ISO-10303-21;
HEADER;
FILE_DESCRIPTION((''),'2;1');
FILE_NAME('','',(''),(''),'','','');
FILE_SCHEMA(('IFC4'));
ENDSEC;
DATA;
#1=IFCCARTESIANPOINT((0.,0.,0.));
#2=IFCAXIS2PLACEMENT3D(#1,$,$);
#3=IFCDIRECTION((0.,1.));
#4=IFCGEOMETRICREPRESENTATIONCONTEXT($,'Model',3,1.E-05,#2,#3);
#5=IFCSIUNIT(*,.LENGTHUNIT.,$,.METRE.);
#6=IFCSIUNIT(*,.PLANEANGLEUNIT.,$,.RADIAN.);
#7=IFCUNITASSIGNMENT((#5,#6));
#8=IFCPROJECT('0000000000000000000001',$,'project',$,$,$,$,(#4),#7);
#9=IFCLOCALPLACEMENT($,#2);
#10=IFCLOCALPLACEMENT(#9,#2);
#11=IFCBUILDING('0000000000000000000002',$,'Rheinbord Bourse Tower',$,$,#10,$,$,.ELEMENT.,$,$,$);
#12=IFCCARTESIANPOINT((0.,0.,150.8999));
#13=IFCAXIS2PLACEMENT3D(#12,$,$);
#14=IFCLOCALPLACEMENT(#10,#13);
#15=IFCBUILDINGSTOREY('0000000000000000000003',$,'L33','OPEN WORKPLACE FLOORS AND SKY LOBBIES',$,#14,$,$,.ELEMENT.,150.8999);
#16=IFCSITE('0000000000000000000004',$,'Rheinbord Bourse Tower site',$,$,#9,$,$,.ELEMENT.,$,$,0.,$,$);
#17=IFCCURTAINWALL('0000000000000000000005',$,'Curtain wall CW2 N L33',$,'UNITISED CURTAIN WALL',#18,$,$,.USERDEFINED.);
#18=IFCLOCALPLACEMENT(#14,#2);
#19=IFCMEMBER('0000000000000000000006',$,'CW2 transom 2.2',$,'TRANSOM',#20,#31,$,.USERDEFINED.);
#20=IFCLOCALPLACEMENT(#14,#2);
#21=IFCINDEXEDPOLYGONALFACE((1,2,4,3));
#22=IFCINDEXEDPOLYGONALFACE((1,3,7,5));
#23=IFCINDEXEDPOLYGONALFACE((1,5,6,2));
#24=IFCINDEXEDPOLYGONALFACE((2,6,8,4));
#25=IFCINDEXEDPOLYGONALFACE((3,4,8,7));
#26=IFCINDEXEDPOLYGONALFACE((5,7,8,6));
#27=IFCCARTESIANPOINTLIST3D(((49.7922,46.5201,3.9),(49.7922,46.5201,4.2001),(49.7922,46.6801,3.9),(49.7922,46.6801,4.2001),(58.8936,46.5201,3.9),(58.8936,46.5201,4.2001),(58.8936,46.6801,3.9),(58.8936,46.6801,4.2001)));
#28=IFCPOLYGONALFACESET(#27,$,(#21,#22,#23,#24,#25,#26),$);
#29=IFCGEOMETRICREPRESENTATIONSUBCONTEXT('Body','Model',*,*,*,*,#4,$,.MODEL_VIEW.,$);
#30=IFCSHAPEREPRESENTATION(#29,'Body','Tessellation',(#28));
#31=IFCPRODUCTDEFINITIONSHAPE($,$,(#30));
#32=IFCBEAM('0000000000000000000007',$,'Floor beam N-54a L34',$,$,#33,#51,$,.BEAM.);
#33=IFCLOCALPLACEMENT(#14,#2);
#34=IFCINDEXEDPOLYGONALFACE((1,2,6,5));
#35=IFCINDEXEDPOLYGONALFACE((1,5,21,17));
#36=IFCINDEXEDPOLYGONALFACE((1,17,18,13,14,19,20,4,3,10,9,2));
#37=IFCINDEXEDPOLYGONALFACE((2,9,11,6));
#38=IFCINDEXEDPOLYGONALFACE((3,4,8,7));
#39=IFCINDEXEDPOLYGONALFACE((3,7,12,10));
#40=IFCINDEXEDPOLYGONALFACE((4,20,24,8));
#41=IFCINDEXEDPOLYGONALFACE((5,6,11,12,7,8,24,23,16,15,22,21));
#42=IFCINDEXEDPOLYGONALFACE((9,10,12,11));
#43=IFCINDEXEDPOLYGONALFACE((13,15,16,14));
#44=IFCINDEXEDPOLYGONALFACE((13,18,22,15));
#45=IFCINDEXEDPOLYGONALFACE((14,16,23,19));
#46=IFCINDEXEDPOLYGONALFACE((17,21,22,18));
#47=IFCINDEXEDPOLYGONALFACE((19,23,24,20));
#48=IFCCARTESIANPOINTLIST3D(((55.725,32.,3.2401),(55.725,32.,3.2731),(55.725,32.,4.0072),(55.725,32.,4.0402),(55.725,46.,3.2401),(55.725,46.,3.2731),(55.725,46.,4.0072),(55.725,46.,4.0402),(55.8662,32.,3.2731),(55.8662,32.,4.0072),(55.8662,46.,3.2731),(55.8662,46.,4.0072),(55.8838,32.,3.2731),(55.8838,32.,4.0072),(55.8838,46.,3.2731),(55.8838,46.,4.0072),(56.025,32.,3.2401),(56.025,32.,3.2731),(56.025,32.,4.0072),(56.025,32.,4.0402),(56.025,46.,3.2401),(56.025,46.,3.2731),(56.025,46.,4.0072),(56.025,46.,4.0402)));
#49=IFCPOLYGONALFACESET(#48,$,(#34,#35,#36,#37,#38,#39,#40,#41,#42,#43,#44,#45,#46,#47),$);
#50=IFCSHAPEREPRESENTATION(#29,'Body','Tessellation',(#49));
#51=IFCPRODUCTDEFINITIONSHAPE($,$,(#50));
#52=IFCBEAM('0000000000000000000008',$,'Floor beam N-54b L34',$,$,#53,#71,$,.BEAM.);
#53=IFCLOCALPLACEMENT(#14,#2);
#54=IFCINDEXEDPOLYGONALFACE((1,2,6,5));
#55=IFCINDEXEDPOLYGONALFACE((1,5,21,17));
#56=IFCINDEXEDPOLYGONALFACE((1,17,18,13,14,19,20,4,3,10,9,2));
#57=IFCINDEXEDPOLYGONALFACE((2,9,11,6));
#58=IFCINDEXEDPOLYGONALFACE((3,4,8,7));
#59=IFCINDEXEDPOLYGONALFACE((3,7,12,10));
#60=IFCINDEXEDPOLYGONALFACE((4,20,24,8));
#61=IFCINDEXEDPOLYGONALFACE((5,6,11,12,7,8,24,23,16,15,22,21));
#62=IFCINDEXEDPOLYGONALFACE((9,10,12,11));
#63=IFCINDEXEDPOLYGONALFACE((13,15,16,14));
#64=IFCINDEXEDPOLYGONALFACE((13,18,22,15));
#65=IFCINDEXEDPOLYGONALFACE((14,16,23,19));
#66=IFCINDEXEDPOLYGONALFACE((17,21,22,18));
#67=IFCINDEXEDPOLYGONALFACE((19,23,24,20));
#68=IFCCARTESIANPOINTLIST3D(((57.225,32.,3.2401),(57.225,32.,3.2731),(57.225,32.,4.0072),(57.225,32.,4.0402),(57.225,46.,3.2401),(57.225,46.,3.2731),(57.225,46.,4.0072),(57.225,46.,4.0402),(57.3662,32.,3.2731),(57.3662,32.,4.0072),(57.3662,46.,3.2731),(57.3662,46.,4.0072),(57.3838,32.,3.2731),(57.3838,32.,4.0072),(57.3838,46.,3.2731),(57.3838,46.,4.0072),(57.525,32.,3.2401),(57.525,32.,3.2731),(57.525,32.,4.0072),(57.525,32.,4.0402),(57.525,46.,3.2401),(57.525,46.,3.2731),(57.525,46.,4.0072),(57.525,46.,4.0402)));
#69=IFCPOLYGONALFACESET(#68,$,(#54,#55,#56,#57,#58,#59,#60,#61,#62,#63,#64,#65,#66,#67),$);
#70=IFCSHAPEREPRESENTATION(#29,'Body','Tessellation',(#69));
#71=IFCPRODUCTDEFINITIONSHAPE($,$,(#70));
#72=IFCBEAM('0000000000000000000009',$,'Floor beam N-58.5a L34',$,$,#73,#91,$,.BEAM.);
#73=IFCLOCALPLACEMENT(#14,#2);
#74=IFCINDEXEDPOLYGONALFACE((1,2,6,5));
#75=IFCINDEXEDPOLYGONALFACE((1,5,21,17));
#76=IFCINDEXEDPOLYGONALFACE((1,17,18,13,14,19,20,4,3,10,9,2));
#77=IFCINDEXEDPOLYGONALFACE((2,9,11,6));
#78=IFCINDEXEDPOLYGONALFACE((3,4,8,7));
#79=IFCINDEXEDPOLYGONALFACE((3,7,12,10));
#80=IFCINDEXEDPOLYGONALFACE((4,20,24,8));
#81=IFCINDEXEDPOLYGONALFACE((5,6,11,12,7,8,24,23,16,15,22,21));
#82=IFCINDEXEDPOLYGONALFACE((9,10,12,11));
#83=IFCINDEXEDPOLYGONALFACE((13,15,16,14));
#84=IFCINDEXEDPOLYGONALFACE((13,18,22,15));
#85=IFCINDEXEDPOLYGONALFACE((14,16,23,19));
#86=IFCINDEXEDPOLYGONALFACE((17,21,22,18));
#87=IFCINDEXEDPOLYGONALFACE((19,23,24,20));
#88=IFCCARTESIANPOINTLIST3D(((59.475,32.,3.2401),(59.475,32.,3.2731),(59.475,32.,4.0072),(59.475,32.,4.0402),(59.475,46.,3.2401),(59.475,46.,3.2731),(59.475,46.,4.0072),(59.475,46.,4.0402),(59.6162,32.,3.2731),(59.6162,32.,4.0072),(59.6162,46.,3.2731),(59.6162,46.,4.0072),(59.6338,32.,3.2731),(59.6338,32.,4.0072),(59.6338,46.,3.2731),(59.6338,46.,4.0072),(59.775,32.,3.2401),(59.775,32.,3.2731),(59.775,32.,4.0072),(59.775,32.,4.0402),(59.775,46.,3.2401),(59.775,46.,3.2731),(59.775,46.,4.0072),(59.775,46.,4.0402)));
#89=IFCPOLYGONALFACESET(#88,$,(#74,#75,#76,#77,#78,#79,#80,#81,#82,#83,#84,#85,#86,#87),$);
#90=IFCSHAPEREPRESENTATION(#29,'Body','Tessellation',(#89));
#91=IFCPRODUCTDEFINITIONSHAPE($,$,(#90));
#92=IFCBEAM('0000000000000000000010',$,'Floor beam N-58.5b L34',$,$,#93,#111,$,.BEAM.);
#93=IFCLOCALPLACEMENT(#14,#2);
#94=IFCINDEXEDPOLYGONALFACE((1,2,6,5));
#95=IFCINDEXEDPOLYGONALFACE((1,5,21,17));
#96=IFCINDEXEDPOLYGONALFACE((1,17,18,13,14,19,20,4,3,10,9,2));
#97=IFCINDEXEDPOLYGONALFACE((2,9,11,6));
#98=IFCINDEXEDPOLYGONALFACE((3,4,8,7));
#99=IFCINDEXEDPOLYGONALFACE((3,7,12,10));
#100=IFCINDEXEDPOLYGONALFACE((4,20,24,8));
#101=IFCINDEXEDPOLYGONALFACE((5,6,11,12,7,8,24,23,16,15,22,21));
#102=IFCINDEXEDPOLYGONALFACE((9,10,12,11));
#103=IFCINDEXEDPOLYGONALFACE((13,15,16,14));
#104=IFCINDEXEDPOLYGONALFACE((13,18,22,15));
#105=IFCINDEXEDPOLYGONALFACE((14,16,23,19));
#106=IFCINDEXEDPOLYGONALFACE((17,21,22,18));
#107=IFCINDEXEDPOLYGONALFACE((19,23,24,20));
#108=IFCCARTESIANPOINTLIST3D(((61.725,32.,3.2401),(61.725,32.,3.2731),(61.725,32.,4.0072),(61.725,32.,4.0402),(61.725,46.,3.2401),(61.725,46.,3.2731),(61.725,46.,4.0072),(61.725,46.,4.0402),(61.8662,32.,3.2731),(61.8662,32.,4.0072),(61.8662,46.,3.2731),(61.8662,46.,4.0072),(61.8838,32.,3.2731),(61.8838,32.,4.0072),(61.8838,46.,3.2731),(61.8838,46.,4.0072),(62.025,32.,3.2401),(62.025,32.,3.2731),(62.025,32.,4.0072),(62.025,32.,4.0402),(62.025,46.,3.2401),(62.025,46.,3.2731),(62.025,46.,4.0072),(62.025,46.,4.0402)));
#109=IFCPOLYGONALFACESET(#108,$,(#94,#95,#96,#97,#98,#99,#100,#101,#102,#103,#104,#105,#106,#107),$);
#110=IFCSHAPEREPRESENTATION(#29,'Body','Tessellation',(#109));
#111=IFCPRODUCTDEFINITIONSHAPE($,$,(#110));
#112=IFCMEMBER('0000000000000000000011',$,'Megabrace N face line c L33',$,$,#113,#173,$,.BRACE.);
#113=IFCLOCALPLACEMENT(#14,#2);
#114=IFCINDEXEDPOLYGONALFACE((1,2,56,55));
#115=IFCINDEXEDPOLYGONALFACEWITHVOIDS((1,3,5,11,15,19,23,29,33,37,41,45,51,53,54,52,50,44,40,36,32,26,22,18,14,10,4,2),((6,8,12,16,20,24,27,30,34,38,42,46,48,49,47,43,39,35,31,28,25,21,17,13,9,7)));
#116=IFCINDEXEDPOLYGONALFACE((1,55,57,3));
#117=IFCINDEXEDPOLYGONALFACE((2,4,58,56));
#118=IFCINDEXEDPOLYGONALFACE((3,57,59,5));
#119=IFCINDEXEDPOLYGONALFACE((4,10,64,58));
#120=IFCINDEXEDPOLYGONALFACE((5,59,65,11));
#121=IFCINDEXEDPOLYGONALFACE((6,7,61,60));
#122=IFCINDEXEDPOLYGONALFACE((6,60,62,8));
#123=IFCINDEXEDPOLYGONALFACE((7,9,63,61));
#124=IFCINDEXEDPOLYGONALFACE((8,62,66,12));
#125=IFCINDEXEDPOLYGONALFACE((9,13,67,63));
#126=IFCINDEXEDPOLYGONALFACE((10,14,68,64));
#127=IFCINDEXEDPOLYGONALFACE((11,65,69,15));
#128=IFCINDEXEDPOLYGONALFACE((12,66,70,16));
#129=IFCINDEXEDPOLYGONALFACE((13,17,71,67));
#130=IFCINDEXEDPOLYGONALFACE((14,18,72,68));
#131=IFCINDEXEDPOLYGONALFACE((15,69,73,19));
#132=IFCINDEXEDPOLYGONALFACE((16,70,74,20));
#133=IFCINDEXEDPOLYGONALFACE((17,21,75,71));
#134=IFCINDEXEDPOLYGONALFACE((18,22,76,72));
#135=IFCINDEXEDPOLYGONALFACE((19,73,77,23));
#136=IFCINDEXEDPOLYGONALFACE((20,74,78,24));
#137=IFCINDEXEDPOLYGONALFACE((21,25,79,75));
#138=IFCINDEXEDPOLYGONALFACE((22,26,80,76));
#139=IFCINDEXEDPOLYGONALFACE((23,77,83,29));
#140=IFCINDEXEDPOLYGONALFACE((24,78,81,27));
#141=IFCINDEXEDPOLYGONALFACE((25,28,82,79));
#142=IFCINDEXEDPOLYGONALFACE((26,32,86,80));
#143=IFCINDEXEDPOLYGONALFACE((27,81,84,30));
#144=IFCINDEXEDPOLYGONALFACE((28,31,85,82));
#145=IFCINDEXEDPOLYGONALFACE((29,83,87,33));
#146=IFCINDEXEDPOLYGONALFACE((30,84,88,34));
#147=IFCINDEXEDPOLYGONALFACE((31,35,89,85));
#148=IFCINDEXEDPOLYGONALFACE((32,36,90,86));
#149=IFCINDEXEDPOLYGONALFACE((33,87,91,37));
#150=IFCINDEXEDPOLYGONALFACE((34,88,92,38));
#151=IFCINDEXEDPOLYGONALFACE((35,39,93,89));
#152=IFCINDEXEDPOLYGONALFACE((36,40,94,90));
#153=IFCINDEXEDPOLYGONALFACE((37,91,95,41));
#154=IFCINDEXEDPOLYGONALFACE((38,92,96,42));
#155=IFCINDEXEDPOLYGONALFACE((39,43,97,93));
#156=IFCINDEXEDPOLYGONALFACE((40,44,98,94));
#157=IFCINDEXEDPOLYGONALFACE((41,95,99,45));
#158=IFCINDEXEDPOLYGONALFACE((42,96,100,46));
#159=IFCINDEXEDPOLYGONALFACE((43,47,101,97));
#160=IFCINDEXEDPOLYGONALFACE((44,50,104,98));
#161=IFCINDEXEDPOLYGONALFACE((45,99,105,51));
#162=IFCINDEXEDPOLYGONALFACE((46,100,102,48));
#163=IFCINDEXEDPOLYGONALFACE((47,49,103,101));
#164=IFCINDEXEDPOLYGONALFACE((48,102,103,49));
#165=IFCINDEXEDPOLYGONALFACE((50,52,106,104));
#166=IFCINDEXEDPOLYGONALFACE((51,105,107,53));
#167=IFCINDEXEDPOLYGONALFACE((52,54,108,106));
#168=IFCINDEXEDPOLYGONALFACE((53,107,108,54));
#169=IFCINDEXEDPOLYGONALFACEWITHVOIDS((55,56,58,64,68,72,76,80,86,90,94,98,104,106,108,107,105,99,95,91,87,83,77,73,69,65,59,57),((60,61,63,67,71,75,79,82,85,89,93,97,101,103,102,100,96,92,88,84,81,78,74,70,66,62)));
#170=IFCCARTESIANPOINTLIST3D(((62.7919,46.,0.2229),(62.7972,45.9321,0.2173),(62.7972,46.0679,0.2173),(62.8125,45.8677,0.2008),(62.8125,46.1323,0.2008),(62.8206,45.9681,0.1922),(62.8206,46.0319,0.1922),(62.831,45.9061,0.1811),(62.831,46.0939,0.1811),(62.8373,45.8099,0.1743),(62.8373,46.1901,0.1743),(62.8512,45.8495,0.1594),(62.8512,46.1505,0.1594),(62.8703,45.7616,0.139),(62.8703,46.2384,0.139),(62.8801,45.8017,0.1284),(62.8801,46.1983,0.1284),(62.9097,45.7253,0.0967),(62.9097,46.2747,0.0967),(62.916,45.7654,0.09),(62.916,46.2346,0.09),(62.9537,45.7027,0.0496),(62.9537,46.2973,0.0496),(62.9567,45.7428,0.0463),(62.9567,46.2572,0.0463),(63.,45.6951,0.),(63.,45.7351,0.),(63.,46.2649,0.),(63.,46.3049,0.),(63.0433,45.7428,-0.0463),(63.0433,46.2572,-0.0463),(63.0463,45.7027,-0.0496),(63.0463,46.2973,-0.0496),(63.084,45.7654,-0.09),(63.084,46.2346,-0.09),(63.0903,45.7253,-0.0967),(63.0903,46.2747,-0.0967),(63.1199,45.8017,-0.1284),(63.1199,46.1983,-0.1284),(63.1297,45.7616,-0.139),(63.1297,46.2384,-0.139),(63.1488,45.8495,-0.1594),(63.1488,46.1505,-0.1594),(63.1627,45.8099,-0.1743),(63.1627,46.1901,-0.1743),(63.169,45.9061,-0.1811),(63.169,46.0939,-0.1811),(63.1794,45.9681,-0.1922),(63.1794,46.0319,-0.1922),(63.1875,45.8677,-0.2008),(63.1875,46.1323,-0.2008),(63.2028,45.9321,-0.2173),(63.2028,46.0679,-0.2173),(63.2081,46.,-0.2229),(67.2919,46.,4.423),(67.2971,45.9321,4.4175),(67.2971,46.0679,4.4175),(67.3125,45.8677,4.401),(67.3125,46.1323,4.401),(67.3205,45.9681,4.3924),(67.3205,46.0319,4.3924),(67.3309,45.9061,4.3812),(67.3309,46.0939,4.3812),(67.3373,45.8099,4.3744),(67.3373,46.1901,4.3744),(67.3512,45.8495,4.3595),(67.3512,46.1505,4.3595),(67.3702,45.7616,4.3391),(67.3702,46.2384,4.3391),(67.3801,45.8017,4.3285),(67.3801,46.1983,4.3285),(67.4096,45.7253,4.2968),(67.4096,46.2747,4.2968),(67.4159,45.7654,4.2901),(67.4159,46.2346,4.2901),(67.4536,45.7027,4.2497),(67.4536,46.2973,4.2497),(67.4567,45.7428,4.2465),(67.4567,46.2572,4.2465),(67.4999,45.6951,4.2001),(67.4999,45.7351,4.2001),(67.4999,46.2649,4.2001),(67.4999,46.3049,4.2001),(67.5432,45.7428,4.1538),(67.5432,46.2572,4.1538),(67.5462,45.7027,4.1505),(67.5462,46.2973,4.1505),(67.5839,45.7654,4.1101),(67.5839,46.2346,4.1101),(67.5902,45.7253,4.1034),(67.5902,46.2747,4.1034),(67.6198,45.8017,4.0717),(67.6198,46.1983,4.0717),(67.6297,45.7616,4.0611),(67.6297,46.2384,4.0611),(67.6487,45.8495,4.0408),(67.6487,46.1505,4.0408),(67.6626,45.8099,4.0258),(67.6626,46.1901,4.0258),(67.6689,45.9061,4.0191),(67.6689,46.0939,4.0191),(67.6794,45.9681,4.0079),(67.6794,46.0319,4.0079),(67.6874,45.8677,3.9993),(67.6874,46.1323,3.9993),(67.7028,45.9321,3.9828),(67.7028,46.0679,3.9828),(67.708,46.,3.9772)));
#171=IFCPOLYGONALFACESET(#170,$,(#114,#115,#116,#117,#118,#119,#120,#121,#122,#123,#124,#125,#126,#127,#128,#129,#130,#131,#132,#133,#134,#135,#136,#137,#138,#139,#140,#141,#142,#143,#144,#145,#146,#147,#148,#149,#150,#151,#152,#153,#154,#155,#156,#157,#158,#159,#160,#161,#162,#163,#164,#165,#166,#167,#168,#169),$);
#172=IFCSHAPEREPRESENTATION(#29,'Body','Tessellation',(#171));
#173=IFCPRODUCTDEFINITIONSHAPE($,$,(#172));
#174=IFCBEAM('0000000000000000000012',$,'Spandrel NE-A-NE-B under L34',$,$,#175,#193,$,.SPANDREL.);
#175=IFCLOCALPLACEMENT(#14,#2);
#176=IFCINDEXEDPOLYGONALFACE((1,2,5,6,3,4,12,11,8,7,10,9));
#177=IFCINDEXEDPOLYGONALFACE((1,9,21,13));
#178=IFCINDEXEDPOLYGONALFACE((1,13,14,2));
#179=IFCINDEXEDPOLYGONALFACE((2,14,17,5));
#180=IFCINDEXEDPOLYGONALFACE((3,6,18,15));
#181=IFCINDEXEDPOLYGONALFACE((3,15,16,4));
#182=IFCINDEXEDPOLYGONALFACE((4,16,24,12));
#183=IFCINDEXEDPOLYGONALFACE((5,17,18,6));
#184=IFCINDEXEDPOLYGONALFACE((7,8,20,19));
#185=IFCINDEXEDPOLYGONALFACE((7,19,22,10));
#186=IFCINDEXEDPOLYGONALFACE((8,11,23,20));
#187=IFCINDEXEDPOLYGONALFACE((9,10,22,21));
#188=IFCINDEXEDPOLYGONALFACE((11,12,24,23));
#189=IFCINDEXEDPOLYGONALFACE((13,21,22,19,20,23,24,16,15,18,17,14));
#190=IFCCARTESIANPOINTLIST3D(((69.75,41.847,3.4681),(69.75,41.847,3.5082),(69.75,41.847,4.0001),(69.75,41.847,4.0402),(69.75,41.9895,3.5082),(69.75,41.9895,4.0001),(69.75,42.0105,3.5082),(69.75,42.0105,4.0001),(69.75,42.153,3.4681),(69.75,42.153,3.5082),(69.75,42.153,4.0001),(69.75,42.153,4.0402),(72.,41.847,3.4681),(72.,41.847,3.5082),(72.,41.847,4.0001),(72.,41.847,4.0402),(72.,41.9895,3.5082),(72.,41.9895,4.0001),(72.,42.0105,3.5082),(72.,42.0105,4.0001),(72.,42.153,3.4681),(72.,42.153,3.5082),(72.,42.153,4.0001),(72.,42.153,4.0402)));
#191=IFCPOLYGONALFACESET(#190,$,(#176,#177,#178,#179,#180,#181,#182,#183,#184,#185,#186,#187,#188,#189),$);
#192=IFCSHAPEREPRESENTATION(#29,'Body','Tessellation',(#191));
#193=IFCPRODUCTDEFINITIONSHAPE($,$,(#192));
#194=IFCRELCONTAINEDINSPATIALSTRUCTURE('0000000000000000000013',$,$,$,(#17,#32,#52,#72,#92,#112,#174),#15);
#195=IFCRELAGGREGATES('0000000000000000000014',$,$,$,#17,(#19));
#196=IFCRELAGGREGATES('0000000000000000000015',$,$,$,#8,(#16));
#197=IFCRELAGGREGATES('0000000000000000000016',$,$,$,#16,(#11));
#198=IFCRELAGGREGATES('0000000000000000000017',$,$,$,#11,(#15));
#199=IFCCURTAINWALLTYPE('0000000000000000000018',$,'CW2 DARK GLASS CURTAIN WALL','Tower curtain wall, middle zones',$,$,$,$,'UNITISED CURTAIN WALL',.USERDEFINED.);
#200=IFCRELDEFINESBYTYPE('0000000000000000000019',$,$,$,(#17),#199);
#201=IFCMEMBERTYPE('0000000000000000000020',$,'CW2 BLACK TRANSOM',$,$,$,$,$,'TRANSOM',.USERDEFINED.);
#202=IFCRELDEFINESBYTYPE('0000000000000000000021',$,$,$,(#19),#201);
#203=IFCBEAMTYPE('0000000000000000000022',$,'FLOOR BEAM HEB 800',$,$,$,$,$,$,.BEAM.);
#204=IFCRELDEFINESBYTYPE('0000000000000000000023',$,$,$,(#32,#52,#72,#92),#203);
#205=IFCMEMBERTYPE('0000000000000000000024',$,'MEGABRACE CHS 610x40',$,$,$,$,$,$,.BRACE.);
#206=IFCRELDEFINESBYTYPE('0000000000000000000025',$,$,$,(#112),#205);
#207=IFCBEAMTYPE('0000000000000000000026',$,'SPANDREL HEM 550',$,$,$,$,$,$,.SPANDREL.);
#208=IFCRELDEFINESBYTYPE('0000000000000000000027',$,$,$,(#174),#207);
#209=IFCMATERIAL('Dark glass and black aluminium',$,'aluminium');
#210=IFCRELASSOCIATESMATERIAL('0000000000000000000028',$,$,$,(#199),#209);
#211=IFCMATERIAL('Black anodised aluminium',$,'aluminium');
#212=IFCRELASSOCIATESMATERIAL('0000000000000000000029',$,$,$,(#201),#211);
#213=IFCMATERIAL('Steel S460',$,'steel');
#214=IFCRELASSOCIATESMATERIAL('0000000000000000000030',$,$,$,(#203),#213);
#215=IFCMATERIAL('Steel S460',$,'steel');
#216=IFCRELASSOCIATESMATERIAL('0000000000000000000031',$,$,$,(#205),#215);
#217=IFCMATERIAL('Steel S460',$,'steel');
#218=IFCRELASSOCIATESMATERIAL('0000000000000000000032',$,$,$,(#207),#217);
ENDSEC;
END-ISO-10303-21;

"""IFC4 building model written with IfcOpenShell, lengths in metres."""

from ifc_helpers import new_model, si_unit, direction, frame, origin, origin_2d, place, context, subcontext, project, spatial, rectangle, hollow_circle, i_section, extrude, material, material_profile, profile_set, type_object, element, aggregate, save


model = new_model("IFC4")

# Units and contexts
model_context = context("Model", 3, precision=1e-05, world=origin(), true_north=direction((0.0, 1.0)))
body_context = subcontext(model_context, "Body", "Model", "MODEL_VIEW")
ifc_project = project(units=[si_unit("LENGTHUNIT", "METRE"), si_unit("PLANEANGLEUNIT", "RADIAN")], contexts=[model_context])

# Site, building, storey
site_placement = place(None, origin())
site = spatial("IfcSite", under=ifc_project, at=site_placement, Name="Rheinbord Bourse Tower site", CompositionType="ELEMENT", RefElevation=0.0)
building_placement = place(site_placement, origin())
building = spatial("IfcBuilding", under=site, at=building_placement, Name="Rheinbord Bourse Tower", CompositionType="ELEMENT")
storey_placement = place(building_placement, frame((0.0, 0.0, 150.8999)))
storey = spatial("IfcBuildingStorey", under=building, at=storey_placement, Name="L33", Description="OPEN WORKPLACE FLOORS AND SKY LOBBIES", CompositionType="ELEMENT", Elevation=150.8999)

# Curtain wall
ifc_material_1 = material(Name="Dark glass and black aluminium", Category="aluminium")
curtain_wall_type = type_object("IfcCurtainWallType", Name="CW2 DARK GLASS CURTAIN WALL", Description="Tower curtain wall, middle zones", ElementType="UNITISED CURTAIN WALL", PredefinedType="USERDEFINED", material=ifc_material_1)
curtain_wall_1_placement = place(storey_placement, origin())
curtain_wall_1 = element("IfcCurtainWall", 1, at=curtain_wall_1_placement, inside=storey, type_object=curtain_wall_type, Name="Curtain wall CW2 N L33", ObjectType="UNITISED CURTAIN WALL", PredefinedType="USERDEFINED")

# Member
ifc_material_2 = material(Name="Black anodised aluminium", Category="aluminium")
ifc_material_profile_1 = material_profile(ifc_material_2, rectangle(XDim=0.1599, YDim=0.3, at=origin_2d()), Name="CW2 TRANSOM 300x160")
ifc_profile_set_1 = profile_set([ifc_material_profile_1], Name="Black anodised aluminium")
member_type_1 = type_object("IfcMemberType", Name="CW2 BLACK TRANSOM", ElementType="TRANSOM", PredefinedType="USERDEFINED", material=ifc_profile_set_1)
member_1_placement = place(storey_placement, frame((58.8936, 46.6001, 4.05), z_axis=(-1.0, 0.0, 0.0), x_axis=(0.0, -1.0, 0.0)))
member_1 = element("IfcMember", 2, at=member_1_placement, type_object=member_type_1, Name="CW2 transom 2.2", ObjectType="TRANSOM", PredefinedType="USERDEFINED", context=body_context, shape_type="SweptSolid", body=[
    extrude(rectangle(XDim=0.1599, YDim=0.3, at=origin_2d()), origin(), (0.0, 0.0, 1.0), 9.1013),
])

# Beams
ifc_material_3 = material(Name="Steel S460", Category="steel")
ifc_material_profile_2 = material_profile(ifc_material_3, i_section(OverallWidth=0.3, OverallDepth=0.8, WebThickness=0.0176, FlangeThickness=0.033, at=origin_2d()), Name="HEB 800")
ifc_profile_set_2 = profile_set([ifc_material_profile_2], Name="Steel S460")
beam_type_1 = type_object("IfcBeamType", Name="FLOOR BEAM HEB 800", PredefinedType="BEAM", material=ifc_profile_set_2)
for number, where, z_axis, x_axis, name in (
    (3, (55.875, 46.0, 3.6401), (0.0, -1.0, 0.0), (1.0, 0.0, 0.0), "Floor beam N-54a L34"),
    (4, (57.375, 46.0, 3.6401), (0.0, -1.0, 0.0), (1.0, 0.0, 0.0), "Floor beam N-54b L34"),
    (5, (59.625, 46.0, 3.6401), (0.0, -1.0, 0.0), (1.0, 0.0, 0.0), "Floor beam N-58.5a L34"),
    (6, (61.875, 46.0, 3.6401), (0.0, -1.0, 0.0), (1.0, 0.0, 0.0), "Floor beam N-58.5b L34"),
):
    element("IfcBeam", number, at=place(storey_placement, frame(where, z_axis=z_axis, x_axis=x_axis)), inside=storey, type_object=beam_type_1, Name=name, PredefinedType="BEAM", context=body_context, shape_type="SweptSolid", body=[
        extrude(i_section(OverallWidth=0.3, OverallDepth=0.8, WebThickness=0.0176, FlangeThickness=0.033, at=origin_2d()), origin(), (0.0, 0.0, 1.0), 14.0),
    ])

# Member
ifc_material_4 = material(Name="Steel S460", Category="steel")
ifc_material_profile_3 = material_profile(ifc_material_4, hollow_circle(Radius=0.3049, WallThickness=0.04, at=origin_2d()), Name="CHS 610x40")
ifc_profile_set_3 = profile_set([ifc_material_profile_3], Name="Steel S460")
member_type_2 = type_object("IfcMemberType", Name="MEGABRACE CHS 610x40", PredefinedType="BRACE", material=ifc_profile_set_3)
member_2_placement = place(storey_placement, frame((63.0, 46.0, 0.0), z_axis=(0.731039, 0.0, 0.682335), x_axis=(0.0, 1.0, 0.0)))
element("IfcMember", 7, at=member_2_placement, inside=storey, type_object=member_type_2, Name="Megabrace N face line c L33", PredefinedType="BRACE", context=body_context, shape_type="SweptSolid", body=[
    extrude(hollow_circle(Radius=0.3049, WallThickness=0.04, at=origin_2d()), origin(), (0.0, 0.0, 1.0), 6.1555),
])

# Beam
ifc_material_5 = material(Name="Steel S460", Category="steel")
ifc_material_profile_4 = material_profile(ifc_material_5, i_section(OverallWidth=0.3059, OverallDepth=0.572, WebThickness=0.021, FlangeThickness=0.04, at=origin_2d()), Name="HEM 550")
ifc_profile_set_4 = profile_set([ifc_material_profile_4], Name="Steel S460")
beam_type_2 = type_object("IfcBeamType", Name="SPANDREL HEM 550", PredefinedType="SPANDREL", material=ifc_profile_set_4)
for number, where, z_axis, x_axis, name in (
    (8, (72.0, 42.0, 3.7542), (-1.0, 0.0, 0.0), (0.0, -1.0, 0.0), "Spandrel NE-A-NE-B under L34"),
):
    element("IfcBeam", number, at=place(storey_placement, frame(where, z_axis=z_axis, x_axis=x_axis)), inside=storey, type_object=beam_type_2, Name=name, PredefinedType="SPANDREL", context=body_context, shape_type="SweptSolid", body=[
        extrude(i_section(OverallWidth=0.3059, OverallDepth=0.572, WebThickness=0.021, FlangeThickness=0.04, at=origin_2d()), origin(), (0.0, 0.0, 1.0), 2.25),
    ])

aggregate(curtain_wall_1, [member_1])

save(model, "model.ifc")
